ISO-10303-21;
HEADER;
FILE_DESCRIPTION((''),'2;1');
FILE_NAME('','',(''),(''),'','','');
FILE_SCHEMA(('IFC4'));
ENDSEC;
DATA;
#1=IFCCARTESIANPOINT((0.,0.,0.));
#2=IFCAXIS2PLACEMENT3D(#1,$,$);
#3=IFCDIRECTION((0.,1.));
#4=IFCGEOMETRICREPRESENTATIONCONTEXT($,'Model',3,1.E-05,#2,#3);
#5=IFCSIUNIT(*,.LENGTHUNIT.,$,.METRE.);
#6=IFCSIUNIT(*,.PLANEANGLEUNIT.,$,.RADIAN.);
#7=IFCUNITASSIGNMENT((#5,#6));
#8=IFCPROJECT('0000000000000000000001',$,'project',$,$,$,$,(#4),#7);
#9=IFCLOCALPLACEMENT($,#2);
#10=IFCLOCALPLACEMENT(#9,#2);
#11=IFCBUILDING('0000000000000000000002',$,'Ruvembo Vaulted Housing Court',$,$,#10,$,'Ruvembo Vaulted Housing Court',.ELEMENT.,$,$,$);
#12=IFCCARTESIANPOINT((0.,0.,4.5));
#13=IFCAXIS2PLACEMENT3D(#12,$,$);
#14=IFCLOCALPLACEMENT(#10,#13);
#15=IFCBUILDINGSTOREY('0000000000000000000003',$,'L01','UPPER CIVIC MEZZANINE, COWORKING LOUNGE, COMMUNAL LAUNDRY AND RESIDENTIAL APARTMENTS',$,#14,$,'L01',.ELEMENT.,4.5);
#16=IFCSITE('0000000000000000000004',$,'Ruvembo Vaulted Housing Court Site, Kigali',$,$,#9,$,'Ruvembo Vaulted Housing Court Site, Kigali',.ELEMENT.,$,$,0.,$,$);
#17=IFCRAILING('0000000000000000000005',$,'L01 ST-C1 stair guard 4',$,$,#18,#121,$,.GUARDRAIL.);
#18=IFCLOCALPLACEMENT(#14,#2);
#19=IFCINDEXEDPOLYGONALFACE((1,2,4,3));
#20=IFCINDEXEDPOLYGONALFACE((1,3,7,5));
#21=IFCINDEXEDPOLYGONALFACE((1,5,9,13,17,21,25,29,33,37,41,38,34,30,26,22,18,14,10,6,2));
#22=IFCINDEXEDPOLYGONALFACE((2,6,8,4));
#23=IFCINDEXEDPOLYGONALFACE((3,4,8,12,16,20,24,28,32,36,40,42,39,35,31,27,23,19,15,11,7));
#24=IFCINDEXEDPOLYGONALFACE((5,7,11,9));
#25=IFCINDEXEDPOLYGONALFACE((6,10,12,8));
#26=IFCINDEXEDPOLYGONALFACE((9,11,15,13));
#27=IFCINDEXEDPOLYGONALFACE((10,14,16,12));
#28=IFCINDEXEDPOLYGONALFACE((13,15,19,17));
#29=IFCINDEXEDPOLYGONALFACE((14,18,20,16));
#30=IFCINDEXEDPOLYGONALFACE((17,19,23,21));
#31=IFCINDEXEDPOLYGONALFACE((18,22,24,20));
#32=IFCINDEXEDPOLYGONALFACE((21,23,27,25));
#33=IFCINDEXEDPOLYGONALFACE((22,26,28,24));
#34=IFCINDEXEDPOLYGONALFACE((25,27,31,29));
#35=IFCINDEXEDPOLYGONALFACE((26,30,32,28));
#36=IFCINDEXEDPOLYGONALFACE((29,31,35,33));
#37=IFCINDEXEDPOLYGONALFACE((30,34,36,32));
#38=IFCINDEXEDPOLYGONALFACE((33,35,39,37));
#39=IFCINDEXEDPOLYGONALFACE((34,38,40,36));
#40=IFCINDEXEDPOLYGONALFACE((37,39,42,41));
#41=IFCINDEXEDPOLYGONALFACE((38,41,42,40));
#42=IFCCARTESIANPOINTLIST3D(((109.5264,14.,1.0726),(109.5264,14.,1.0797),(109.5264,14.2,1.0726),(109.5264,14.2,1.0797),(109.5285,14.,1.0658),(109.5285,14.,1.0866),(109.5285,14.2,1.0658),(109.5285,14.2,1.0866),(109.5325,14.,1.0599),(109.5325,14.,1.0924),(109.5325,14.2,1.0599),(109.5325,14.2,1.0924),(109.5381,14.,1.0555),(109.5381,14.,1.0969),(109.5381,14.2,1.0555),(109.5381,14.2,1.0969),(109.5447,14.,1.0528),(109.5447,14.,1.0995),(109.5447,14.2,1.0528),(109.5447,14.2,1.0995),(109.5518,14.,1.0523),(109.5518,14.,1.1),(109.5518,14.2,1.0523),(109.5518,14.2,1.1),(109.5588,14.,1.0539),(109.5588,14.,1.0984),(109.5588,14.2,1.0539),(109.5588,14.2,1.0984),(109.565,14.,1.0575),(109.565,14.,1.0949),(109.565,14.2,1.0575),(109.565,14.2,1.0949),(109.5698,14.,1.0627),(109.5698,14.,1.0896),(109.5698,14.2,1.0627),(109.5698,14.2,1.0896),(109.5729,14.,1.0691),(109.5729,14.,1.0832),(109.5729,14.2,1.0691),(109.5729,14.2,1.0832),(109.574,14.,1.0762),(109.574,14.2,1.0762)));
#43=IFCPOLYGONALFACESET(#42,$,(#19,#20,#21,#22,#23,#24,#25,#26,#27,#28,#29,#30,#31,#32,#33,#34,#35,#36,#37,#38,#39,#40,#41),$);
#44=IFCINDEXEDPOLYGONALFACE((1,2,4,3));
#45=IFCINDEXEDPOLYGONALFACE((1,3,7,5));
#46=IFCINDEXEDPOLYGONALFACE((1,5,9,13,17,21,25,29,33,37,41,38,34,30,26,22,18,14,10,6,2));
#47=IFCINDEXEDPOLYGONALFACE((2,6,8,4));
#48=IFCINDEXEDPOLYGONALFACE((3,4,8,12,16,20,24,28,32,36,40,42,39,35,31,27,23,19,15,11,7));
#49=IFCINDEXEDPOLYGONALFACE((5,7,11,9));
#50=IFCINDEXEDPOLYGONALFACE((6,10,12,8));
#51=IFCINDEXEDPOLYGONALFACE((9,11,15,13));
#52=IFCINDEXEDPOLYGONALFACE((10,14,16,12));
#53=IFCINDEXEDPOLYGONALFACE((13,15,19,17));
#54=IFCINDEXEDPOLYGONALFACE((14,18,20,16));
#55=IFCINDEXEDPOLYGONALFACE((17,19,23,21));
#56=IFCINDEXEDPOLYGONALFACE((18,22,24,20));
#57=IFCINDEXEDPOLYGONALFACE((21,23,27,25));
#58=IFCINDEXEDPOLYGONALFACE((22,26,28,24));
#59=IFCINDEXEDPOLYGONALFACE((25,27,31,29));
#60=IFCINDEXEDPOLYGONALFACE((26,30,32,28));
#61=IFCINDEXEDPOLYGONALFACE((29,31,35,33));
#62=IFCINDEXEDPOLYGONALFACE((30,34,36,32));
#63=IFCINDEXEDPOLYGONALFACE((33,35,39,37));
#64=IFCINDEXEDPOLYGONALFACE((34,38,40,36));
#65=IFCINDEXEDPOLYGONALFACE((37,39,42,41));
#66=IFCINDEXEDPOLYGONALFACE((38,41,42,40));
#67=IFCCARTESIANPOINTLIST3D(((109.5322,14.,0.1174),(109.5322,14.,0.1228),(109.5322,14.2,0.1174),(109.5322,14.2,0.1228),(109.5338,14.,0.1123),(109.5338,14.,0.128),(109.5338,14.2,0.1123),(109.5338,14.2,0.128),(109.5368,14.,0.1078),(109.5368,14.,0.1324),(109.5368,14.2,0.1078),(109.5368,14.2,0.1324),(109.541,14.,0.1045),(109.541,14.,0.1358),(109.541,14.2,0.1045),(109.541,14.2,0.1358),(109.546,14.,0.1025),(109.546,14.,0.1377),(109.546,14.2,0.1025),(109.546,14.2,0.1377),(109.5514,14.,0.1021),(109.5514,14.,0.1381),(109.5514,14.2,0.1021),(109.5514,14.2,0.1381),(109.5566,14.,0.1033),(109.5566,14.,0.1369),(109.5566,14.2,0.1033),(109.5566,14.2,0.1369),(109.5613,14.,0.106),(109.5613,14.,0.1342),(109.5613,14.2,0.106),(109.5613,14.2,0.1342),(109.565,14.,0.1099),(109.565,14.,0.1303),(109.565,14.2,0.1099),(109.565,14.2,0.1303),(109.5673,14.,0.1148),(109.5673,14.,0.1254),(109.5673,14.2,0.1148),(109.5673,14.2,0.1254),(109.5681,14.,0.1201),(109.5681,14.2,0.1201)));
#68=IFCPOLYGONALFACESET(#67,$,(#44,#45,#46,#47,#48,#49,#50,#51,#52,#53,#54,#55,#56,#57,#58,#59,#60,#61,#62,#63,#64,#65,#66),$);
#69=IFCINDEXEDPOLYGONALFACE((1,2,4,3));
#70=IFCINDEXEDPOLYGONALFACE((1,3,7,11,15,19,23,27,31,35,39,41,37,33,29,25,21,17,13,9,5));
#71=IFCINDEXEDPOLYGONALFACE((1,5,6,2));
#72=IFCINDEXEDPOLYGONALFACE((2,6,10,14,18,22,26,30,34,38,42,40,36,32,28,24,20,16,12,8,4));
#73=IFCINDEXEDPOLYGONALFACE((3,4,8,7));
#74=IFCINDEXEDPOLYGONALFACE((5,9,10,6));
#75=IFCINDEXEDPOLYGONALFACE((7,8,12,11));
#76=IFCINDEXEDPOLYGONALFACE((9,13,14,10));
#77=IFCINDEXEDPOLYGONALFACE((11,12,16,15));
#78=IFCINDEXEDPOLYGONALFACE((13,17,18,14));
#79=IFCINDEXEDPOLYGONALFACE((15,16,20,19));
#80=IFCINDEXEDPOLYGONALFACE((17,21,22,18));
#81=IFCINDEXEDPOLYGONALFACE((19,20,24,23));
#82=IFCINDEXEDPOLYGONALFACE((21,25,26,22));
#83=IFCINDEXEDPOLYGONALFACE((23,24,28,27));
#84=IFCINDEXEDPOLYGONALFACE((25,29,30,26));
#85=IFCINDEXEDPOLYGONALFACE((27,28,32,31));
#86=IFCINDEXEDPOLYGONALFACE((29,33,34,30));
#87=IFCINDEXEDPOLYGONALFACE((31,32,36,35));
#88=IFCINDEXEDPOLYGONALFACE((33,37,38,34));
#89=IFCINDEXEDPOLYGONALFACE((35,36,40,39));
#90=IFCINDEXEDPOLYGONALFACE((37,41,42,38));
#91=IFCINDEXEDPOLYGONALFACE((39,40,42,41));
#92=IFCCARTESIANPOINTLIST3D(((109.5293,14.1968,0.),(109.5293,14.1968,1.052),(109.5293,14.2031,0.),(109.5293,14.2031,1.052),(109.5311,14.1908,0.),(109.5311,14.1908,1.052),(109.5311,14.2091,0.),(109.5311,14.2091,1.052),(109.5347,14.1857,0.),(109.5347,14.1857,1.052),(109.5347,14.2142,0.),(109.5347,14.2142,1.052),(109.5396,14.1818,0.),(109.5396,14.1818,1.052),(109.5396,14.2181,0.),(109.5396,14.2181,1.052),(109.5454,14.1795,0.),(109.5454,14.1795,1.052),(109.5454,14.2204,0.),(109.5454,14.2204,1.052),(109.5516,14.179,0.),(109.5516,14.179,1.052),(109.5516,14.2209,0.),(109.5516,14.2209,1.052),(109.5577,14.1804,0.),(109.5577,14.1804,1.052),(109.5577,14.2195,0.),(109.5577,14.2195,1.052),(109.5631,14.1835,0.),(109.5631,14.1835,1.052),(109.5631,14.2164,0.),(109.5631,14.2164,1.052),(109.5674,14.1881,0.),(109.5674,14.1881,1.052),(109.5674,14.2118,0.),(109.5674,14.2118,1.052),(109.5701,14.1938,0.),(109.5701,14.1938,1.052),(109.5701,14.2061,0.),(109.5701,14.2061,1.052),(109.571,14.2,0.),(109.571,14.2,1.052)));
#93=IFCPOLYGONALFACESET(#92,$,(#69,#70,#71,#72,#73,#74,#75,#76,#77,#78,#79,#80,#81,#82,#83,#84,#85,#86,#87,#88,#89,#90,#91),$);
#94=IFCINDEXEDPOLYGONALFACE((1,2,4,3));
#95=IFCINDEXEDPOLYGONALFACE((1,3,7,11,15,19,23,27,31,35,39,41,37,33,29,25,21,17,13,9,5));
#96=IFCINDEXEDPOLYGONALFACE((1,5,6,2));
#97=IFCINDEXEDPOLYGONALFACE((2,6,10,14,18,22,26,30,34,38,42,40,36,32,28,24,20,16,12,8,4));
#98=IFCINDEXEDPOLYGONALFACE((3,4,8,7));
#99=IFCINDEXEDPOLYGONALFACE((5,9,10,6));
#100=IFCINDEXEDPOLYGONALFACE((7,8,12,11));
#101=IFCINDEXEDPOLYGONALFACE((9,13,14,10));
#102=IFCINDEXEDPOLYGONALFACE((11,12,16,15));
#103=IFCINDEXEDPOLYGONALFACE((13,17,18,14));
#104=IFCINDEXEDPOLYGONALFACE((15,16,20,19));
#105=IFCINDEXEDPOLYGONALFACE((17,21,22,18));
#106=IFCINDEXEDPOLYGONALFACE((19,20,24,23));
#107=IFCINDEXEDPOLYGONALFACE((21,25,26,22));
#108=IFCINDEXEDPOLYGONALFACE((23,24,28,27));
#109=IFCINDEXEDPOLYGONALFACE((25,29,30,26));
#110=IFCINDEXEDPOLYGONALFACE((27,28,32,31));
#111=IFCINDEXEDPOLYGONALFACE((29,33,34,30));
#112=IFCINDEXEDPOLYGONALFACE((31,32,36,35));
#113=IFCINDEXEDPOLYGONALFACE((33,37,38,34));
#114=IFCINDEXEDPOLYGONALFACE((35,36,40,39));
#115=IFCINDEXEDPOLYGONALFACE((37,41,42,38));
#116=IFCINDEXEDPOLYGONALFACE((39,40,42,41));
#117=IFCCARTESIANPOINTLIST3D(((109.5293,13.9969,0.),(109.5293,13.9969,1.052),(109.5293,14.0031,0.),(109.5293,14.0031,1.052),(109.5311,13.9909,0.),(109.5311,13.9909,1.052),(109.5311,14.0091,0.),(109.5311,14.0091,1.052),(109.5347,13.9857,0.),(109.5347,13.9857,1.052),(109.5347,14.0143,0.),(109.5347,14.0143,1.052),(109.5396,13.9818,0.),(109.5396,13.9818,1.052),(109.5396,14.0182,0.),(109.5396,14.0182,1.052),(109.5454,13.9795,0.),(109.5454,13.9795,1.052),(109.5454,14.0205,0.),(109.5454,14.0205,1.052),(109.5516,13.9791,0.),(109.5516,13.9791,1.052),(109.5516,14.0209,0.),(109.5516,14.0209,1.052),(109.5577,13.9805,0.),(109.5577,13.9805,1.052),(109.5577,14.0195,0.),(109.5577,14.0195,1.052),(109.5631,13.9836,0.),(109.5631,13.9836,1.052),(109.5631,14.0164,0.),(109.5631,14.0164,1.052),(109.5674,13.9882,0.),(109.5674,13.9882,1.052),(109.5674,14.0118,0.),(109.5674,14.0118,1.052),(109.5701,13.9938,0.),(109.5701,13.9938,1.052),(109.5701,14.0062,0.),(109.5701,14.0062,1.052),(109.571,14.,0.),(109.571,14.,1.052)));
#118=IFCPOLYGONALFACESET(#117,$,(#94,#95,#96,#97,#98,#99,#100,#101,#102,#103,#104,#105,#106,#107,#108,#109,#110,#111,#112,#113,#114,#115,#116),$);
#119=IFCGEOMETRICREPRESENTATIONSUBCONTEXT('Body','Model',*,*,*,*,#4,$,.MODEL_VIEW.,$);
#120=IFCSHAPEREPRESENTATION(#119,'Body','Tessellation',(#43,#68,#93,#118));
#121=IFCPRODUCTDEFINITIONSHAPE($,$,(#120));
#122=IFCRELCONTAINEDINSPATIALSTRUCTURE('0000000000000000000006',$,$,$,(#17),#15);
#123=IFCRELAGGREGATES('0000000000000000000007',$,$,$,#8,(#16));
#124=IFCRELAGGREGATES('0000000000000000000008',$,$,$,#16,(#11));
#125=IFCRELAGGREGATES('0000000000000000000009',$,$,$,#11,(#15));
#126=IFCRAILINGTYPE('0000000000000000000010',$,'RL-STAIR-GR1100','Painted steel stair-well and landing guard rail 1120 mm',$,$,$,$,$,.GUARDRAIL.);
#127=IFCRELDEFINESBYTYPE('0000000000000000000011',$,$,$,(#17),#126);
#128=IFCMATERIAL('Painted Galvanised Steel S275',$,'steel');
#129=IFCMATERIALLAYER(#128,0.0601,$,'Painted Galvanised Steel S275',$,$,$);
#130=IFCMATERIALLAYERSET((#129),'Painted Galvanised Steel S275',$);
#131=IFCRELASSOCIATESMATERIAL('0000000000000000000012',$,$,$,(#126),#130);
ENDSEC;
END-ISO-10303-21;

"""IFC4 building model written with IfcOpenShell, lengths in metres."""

from ifc_helpers import new_model, si_unit, direction, frame, origin, origin_2d, place, context, subcontext, project, spatial, circle, extrude, material, layer, layer_set, type_object, element, save


model = new_model("IFC4")

# Units and contexts
model_context = context("Model", 3, precision=1e-05, world=origin(), true_north=direction((0.0, 1.0)))
body_context = subcontext(model_context, "Body", "Model", "MODEL_VIEW")
ifc_project = project(units=[si_unit("LENGTHUNIT", "METRE"), si_unit("PLANEANGLEUNIT", "RADIAN")], contexts=[model_context])

# Site, building, storey
site_placement = place(None, origin())
site = spatial("IfcSite", under=ifc_project, at=site_placement, Name="Ruvembo Vaulted Housing Court Site, Kigali", LongName="Ruvembo Vaulted Housing Court Site, Kigali", CompositionType="ELEMENT", RefElevation=0.0)
building_placement = place(site_placement, origin())
building = spatial("IfcBuilding", under=site, at=building_placement, Name="Ruvembo Vaulted Housing Court", LongName="Ruvembo Vaulted Housing Court", CompositionType="ELEMENT")
storey_placement = place(building_placement, frame((0.0, 0.0, 4.5)))
storey = spatial("IfcBuildingStorey", under=building, at=storey_placement, Name="L01", Description="UPPER CIVIC MEZZANINE, COWORKING LOUNGE, COMMUNAL LAUNDRY AND RESIDENTIAL APARTMENTS", LongName="L01", CompositionType="ELEMENT", Elevation=4.5)

# Railing
ifc_material_1 = material(Name="Painted Galvanised Steel S275", Category="steel")
ifc_layer_1 = layer(ifc_material_1, 0.0601, Name="Painted Galvanised Steel S275")
ifc_layer_set_1 = layer_set([ifc_layer_1], Name="Painted Galvanised Steel S275")
railing_type = type_object("IfcRailingType", Name="RL-STAIR-GR1100", Description="Painted steel stair-well and landing guard rail 1120 mm", PredefinedType="GUARDRAIL", material=ifc_layer_set_1)
railing_placement = place(storey_placement, frame((109.55, 14.2, 0.0)))
element("IfcRailing", 1, at=railing_placement, inside=storey, type_object=railing_type, Name="L01 ST-C1 stair guard 4", PredefinedType="GUARDRAIL", context=body_context, shape_type="SweptSolid", body=[
    extrude(circle(Radius=0.0239, at=origin_2d()), frame((0.0, 0.0, 1.0762), z_axis=(0.0, -1.0, 0.0), x_axis=(1.0, 0.0, 0.0)), (0.0, 0.0, 1.0), 0.2),
    extrude(circle(Radius=0.0181, at=origin_2d()), frame((0.0, 0.0, 0.1201), z_axis=(0.0, -1.0, 0.0), x_axis=(1.0, 0.0, 0.0)), (0.0, 0.0, 1.0), 0.2),
    extrude(circle(Radius=0.021, at=origin_2d()), origin(), (0.0, 0.0, 1.0), 1.052),
    extrude(circle(Radius=0.021, at=origin_2d()), frame((0.0, -0.2, 0.0)), (0.0, 0.0, 1.0), 1.052),
])

save(model, "model.ifc")
